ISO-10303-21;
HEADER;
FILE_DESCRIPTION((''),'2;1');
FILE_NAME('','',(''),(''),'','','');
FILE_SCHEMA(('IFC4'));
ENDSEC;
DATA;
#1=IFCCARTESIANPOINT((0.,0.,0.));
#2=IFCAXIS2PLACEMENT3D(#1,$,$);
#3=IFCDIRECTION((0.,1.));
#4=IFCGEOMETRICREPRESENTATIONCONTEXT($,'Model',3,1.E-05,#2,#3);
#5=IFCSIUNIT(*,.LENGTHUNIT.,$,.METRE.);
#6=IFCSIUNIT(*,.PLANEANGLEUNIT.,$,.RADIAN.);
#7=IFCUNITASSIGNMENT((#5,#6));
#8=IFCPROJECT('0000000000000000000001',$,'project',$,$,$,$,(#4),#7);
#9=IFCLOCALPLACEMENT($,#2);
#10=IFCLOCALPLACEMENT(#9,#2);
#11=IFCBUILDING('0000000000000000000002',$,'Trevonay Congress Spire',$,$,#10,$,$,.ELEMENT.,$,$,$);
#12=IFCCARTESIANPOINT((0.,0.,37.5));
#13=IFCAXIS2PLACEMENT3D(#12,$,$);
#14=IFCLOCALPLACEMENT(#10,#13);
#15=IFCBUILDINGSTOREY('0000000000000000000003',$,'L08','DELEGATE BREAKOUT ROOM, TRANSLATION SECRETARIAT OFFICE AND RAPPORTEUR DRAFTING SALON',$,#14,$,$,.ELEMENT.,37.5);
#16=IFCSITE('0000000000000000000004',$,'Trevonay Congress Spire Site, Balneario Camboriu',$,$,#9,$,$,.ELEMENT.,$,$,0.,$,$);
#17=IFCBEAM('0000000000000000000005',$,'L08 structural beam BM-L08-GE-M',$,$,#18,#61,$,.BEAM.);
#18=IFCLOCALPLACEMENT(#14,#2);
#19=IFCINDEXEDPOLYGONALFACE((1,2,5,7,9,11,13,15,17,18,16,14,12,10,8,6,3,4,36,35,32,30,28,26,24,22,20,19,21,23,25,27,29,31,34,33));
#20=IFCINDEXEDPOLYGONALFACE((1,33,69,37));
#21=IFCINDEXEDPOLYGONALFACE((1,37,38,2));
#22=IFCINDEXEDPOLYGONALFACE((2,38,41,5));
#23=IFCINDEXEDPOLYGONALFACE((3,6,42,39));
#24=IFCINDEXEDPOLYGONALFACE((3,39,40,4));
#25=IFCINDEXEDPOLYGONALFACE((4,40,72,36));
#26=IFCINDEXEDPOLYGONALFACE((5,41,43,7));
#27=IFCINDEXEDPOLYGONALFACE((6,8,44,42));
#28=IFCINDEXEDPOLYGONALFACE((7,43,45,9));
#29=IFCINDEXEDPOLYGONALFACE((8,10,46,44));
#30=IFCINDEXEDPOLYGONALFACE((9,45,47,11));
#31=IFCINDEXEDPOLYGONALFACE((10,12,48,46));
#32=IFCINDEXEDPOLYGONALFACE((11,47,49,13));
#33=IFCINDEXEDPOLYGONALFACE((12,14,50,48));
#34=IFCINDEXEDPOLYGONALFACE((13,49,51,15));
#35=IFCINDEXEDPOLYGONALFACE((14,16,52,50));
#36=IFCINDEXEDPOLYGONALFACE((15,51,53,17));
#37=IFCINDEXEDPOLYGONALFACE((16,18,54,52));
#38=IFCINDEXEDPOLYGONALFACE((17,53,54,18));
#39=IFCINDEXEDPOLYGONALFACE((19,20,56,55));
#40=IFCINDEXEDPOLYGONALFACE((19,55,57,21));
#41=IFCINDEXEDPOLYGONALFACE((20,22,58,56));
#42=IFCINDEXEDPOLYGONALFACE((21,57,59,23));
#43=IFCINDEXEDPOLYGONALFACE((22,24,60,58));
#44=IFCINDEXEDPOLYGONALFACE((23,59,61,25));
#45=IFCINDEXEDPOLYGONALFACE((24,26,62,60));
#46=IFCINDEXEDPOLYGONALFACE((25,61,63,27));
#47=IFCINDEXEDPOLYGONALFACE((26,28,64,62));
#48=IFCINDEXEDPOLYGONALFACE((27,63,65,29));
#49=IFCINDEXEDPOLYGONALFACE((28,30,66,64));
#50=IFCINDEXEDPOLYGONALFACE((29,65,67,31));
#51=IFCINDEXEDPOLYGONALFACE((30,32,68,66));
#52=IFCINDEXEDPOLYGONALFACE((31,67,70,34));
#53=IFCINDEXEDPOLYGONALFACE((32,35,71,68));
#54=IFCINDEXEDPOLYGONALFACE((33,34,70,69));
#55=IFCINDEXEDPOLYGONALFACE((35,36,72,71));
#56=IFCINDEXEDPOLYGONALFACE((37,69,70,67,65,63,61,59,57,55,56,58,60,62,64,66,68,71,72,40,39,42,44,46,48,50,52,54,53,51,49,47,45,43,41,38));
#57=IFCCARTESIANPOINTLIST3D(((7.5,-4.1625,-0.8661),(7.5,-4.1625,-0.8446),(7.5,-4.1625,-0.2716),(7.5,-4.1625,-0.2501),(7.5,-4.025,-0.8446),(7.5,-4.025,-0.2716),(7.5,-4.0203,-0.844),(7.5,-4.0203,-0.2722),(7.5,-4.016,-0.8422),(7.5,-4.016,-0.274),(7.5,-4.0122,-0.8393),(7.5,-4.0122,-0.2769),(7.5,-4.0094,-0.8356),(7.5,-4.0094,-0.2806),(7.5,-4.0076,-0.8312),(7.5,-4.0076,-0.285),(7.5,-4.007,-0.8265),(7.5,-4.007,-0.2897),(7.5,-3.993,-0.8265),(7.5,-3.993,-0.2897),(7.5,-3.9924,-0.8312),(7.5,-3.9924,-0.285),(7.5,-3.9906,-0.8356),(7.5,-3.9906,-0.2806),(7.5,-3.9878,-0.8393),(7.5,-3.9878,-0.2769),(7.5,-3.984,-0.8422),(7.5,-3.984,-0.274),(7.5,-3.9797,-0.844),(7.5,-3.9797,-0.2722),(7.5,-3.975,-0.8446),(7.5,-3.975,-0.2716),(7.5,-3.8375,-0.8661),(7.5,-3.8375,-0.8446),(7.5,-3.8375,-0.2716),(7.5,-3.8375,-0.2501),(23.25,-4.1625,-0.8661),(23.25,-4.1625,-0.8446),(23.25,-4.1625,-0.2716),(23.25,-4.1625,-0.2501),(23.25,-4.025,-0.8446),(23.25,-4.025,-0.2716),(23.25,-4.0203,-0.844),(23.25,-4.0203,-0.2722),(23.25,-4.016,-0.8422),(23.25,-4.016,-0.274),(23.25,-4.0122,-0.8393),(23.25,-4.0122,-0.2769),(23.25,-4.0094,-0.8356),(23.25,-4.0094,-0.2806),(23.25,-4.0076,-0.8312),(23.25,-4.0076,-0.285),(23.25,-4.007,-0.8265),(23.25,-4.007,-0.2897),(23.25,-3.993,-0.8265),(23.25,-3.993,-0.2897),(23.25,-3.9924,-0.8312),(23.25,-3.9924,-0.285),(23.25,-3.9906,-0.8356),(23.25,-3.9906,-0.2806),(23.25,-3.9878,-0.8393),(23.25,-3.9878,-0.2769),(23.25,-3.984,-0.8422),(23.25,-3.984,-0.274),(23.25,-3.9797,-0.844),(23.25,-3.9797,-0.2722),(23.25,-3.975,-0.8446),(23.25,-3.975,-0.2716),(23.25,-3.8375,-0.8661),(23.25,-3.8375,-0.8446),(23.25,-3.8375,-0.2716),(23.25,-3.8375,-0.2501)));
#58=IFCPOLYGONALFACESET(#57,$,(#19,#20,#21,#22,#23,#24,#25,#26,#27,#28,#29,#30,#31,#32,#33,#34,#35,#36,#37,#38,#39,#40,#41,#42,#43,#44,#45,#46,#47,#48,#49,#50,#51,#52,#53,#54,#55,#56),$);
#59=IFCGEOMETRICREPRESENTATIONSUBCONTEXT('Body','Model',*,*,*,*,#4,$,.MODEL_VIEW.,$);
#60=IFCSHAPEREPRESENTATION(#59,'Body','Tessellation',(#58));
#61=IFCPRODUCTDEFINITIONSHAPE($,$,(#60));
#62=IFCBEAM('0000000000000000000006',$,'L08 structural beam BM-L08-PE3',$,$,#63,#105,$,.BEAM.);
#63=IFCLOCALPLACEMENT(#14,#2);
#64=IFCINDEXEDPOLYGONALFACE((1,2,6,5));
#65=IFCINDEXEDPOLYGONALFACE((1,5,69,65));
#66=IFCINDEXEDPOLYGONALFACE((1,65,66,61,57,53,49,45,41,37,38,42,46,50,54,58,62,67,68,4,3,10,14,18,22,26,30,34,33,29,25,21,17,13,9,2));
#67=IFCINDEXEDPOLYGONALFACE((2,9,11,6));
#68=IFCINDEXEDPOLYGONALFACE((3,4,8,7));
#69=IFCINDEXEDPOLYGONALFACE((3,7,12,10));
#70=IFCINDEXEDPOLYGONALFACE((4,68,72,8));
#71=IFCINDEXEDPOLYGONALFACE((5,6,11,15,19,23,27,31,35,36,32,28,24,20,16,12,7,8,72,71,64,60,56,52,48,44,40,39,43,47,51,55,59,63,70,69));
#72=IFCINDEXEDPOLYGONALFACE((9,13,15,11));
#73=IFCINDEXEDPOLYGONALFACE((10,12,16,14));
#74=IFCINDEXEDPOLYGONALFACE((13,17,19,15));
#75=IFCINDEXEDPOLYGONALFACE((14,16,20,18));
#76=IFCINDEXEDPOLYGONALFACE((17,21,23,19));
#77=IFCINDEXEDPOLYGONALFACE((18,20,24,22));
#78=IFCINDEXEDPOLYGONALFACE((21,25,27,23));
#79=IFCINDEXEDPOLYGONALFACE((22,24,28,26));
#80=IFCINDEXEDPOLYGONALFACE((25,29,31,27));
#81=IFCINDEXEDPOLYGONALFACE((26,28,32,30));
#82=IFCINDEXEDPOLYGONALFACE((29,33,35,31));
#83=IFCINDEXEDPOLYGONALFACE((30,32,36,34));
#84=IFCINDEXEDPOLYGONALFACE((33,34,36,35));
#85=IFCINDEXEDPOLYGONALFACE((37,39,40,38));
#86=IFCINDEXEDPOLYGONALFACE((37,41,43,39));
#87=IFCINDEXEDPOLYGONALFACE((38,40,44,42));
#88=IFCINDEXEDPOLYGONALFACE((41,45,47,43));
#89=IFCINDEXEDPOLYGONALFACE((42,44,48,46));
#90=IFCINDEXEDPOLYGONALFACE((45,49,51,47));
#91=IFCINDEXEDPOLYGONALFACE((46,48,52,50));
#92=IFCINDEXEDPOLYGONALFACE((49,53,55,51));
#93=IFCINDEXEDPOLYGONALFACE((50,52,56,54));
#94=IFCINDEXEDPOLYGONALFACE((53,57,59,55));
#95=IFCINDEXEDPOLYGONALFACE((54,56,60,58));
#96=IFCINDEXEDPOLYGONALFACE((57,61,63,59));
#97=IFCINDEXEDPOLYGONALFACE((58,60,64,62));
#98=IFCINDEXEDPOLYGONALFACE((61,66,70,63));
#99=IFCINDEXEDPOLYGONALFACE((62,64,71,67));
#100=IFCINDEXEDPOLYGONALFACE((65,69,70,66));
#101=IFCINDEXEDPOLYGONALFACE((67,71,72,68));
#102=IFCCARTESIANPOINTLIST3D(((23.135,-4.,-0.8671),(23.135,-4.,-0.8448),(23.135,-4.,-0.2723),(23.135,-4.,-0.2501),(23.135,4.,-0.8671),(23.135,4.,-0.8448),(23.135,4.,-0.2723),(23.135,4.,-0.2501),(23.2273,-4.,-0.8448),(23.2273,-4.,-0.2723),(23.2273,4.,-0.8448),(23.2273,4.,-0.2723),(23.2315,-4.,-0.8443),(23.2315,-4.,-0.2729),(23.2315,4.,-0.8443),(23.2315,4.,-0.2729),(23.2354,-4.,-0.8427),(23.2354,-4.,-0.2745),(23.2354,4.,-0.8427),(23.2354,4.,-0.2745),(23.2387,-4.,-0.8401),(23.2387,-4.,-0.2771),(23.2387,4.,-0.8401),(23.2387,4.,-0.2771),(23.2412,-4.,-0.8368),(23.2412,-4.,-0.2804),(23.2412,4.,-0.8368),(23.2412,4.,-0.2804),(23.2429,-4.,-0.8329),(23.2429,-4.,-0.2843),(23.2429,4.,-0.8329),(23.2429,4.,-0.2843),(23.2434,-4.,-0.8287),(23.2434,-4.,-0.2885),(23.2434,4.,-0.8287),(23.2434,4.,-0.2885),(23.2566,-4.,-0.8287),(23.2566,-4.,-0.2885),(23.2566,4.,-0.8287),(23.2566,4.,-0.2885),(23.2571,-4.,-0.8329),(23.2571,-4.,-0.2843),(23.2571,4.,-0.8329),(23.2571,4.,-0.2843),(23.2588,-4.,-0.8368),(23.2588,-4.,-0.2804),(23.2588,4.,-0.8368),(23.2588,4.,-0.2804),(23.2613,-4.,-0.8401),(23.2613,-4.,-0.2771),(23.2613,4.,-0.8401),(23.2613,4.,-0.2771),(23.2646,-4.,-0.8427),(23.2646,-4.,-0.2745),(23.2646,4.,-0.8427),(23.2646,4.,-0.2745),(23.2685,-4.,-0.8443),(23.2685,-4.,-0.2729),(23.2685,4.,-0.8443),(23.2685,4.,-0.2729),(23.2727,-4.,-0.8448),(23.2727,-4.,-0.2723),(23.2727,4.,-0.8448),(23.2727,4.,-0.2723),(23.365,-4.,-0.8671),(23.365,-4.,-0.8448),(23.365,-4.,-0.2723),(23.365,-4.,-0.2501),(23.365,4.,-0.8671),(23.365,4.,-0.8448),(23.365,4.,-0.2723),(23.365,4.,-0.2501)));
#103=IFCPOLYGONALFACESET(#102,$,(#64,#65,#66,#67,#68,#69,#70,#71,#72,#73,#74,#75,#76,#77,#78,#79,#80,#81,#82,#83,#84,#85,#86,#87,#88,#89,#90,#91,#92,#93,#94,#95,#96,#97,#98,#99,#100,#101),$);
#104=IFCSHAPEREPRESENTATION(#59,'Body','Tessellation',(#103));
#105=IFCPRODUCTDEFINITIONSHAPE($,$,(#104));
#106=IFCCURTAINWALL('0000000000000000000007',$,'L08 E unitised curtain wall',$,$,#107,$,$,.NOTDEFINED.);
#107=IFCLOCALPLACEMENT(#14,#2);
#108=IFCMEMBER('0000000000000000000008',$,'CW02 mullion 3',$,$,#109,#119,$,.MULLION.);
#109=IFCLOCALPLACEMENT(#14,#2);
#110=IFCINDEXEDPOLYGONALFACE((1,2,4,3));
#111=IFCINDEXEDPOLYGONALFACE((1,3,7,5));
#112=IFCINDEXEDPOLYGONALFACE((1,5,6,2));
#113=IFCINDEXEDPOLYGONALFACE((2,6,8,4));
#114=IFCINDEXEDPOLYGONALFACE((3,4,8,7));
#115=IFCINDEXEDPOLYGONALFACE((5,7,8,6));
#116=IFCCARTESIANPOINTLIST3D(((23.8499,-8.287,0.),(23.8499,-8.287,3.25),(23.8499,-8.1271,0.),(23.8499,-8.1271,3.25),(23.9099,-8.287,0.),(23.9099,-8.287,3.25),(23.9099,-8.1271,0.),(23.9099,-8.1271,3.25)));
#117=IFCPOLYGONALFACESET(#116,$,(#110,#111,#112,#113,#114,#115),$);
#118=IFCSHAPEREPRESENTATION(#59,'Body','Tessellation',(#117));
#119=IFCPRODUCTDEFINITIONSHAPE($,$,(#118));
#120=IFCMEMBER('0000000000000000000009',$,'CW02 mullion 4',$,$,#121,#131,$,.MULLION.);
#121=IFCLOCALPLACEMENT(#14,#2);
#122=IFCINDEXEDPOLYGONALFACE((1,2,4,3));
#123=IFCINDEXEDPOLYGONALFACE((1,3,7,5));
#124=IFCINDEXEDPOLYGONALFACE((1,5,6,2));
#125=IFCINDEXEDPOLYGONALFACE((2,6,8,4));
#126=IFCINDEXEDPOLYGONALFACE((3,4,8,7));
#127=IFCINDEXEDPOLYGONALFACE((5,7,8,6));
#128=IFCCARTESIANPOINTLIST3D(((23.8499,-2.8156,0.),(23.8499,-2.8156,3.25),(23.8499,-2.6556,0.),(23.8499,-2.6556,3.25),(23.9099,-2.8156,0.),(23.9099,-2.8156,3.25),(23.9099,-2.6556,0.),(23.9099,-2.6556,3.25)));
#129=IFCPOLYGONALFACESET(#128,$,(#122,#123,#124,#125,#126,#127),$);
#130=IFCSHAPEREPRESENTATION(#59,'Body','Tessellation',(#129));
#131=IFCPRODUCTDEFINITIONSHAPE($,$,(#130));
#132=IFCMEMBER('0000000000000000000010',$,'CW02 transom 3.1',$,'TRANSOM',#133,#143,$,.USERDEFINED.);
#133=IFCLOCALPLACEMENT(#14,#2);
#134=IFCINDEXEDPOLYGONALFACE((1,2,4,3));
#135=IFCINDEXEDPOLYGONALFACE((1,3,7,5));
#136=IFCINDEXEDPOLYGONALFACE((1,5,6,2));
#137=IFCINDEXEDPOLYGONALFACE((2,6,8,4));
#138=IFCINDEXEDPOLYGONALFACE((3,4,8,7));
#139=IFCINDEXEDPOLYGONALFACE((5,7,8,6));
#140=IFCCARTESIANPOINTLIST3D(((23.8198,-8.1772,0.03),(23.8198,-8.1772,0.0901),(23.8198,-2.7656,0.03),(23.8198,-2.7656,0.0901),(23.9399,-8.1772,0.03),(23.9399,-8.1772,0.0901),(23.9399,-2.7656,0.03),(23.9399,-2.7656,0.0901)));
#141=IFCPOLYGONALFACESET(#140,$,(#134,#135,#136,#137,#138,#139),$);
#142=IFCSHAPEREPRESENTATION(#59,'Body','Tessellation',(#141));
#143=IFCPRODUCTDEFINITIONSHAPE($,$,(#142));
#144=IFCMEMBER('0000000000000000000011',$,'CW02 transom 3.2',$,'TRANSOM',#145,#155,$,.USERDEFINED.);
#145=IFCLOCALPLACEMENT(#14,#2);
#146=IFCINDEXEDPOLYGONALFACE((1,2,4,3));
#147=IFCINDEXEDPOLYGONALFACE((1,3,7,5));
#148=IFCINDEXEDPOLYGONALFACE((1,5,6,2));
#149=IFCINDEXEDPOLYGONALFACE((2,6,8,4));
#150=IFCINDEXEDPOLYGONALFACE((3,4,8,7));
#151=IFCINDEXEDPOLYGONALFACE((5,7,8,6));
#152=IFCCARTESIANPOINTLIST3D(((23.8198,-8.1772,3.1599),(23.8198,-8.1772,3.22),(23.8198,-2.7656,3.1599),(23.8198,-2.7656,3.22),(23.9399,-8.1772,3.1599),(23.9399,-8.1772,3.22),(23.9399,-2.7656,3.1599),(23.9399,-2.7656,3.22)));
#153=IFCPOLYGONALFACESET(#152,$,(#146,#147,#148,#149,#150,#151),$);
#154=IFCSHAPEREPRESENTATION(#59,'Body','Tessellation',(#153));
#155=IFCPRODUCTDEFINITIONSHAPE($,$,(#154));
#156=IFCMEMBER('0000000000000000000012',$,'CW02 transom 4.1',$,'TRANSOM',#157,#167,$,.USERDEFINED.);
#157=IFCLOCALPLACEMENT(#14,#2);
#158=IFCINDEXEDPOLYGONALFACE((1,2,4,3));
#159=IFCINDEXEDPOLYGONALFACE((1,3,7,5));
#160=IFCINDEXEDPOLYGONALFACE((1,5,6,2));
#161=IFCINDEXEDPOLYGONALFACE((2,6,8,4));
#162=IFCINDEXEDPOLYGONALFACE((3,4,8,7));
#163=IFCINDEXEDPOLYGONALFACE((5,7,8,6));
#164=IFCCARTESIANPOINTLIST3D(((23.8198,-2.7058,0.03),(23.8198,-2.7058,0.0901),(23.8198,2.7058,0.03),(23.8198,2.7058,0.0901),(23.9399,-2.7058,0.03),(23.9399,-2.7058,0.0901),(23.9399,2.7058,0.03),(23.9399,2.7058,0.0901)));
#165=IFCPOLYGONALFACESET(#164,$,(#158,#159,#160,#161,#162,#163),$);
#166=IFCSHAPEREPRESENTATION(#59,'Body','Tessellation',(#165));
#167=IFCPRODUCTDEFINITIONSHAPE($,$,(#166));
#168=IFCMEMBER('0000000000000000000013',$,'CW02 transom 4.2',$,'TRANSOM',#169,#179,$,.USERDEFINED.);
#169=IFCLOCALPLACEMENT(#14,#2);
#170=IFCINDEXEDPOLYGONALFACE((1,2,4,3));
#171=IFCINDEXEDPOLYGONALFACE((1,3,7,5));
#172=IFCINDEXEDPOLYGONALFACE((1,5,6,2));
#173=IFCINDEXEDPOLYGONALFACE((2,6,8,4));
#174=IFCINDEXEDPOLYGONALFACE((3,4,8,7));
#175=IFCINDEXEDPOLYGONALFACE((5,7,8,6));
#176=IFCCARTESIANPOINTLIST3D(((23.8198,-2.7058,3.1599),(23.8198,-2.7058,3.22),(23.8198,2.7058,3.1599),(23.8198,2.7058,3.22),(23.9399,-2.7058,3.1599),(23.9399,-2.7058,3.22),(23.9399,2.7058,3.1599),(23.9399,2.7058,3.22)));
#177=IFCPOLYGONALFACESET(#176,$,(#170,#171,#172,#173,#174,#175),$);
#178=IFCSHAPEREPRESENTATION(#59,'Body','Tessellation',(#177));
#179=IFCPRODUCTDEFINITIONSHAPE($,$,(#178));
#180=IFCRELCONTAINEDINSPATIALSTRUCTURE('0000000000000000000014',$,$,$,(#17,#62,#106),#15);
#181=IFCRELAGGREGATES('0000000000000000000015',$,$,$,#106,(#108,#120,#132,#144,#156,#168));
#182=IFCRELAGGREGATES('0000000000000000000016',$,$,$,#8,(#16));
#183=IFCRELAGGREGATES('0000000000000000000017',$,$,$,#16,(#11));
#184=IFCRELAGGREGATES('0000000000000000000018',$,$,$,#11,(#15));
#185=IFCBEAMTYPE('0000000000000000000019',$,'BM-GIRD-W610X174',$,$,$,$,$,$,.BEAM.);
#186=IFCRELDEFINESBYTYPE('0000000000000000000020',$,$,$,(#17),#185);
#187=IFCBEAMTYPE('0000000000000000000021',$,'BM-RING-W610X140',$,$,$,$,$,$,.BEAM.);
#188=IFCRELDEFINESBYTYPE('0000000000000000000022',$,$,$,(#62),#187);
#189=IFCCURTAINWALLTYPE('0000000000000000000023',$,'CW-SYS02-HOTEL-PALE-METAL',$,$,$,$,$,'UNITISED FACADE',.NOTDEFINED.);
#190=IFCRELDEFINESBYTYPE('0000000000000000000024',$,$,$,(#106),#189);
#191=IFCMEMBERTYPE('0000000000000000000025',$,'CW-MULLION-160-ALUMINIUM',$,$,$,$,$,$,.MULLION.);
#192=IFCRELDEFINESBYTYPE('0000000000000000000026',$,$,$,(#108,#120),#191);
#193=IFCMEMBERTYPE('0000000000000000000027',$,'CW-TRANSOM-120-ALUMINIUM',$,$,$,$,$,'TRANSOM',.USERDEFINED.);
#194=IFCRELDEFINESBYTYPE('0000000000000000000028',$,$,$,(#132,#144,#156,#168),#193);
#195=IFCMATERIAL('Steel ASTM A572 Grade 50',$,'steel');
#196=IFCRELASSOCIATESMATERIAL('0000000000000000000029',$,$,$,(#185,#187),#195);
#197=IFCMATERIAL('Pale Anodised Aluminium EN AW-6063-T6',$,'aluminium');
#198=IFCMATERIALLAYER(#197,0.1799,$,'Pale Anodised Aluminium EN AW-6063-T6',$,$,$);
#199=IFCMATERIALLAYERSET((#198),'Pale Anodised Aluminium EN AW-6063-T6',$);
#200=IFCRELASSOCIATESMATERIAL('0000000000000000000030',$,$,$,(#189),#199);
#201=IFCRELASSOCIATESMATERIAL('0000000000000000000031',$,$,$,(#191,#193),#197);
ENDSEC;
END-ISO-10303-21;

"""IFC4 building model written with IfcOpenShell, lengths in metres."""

from ifc_helpers import new_model, si_unit, direction, frame, origin, origin_2d, place, context, subcontext, project, spatial, rectangle, i_section, extrude, material, layer, layer_set, material_profile, profile_set, type_object, element, aggregate, save


model = new_model("IFC4")

# Units and contexts
model_context = context("Model", 3, precision=1e-05, world=origin(), true_north=direction((0.0, 1.0)))
body_context = subcontext(model_context, "Body", "Model", "MODEL_VIEW")
ifc_project = project(units=[si_unit("LENGTHUNIT", "METRE"), si_unit("PLANEANGLEUNIT", "RADIAN")], contexts=[model_context])

# Site, building, storey
site_placement = place(None, origin())
site = spatial("IfcSite", under=ifc_project, at=site_placement, Name="Trevonay Congress Spire Site, Balneario Camboriu", CompositionType="ELEMENT", RefElevation=0.0)
building_placement = place(site_placement, origin())
building = spatial("IfcBuilding", under=site, at=building_placement, Name="Trevonay Congress Spire", CompositionType="ELEMENT")
storey_placement = place(building_placement, frame((0.0, 0.0, 37.5)))
storey = spatial("IfcBuildingStorey", under=building, at=storey_placement, Name="L08", Description="DELEGATE BREAKOUT ROOM, TRANSLATION SECRETARIAT OFFICE AND RAPPORTEUR DRAFTING SALON", CompositionType="ELEMENT", Elevation=37.5)

# Shared definitions
ifc_material_1 = material(Name="Steel ASTM A572 Grade 50", Category="steel")

# Beams
ifc_material_profile_1 = material_profile(ifc_material_1, i_section(OverallWidth=0.325, OverallDepth=0.616, WebThickness=0.0139, FlangeThickness=0.0215, FilletRadius=0.0181, at=origin_2d()), Name="W610x174")
ifc_profile_set_1 = profile_set([ifc_material_profile_1], Name="Steel ASTM A572 Grade 50")
beam_type_1 = type_object("IfcBeamType", Name="BM-GIRD-W610X174", PredefinedType="BEAM", material=ifc_profile_set_1)
beam_1_placement = place(storey_placement, frame((7.5, -4.0, -0.5581), z_axis=(1.0, 0.0, 0.0), x_axis=(0.0, 1.0, 0.0)))
element("IfcBeam", 1, at=beam_1_placement, inside=storey, type_object=beam_type_1, Name="L08 structural beam BM-L08-GE-M", PredefinedType="BEAM", context=body_context, shape_type="SweptSolid", body=[
    extrude(i_section(OverallWidth=0.325, OverallDepth=0.616, WebThickness=0.0139, FlangeThickness=0.0215, FilletRadius=0.0181, at=origin_2d()), origin(), (0.0, 0.0, 1.0), 15.75),
])
ifc_material_profile_2 = material_profile(ifc_material_1, i_section(OverallWidth=0.23, OverallDepth=0.6169, WebThickness=0.0132, FlangeThickness=0.0222, FilletRadius=0.0161, at=origin_2d()), Name="W610x140")
ifc_profile_set_2 = profile_set([ifc_material_profile_2], Name="Steel ASTM A572 Grade 50")
beam_type_2 = type_object("IfcBeamType", Name="BM-RING-W610X140", PredefinedType="BEAM", material=ifc_profile_set_2)
beam_2_placement = place(storey_placement, frame((23.25, -4.0, -0.5586), z_axis=(0.0, 1.0, 0.0), x_axis=(-1.0, 0.0, 0.0)))
element("IfcBeam", 2, at=beam_2_placement, inside=storey, type_object=beam_type_2, Name="L08 structural beam BM-L08-PE3", PredefinedType="BEAM", context=body_context, shape_type="SweptSolid", body=[
    extrude(i_section(OverallWidth=0.23, OverallDepth=0.6169, WebThickness=0.0132, FlangeThickness=0.0222, FilletRadius=0.0161, at=origin_2d()), origin(), (0.0, 0.0, 1.0), 8.0),
])

# Curtain wall, members
ifc_material_2 = material(Name="Pale Anodised Aluminium EN AW-6063-T6", Category="aluminium")
ifc_layer_1 = layer(ifc_material_2, 0.1799, Name="Pale Anodised Aluminium EN AW-6063-T6")
ifc_layer_set_1 = layer_set([ifc_layer_1], Name="Pale Anodised Aluminium EN AW-6063-T6")
curtain_wall_type = type_object("IfcCurtainWallType", Name="CW-SYS02-HOTEL-PALE-METAL", ElementType="UNITISED FACADE", PredefinedType="NOTDEFINED", material=ifc_layer_set_1)
curtain_wall_placement = place(storey_placement, origin())
curtain_wall = element("IfcCurtainWall", 3, at=curtain_wall_placement, inside=storey, type_object=curtain_wall_type, Name="L08 E unitised curtain wall", PredefinedType="NOTDEFINED")
ifc_material_profile_3 = material_profile(ifc_material_2, rectangle(XDim=0.0601, YDim=0.1599, at=origin_2d()), Name="CW-MULLION-160-ALUMINIUM")
ifc_profile_set_3 = profile_set([ifc_material_profile_3], Name="Pale Anodised Aluminium EN AW-6063-T6")
member_type_1 = type_object("IfcMemberType", Name="CW-MULLION-160-ALUMINIUM", PredefinedType="MULLION", material=ifc_profile_set_3)
member_1_placement = place(storey_placement, frame((23.8799, -8.207, 0.0), z_axis=(0.0, 0.0, 1.0), x_axis=(-1.0, 0.0, 0.0)))
member_1 = element("IfcMember", 4, at=member_1_placement, type_object=member_type_1, Name="CW02 mullion 3", PredefinedType="MULLION", context=body_context, shape_type="SweptSolid", body=[
    extrude(rectangle(XDim=0.0601, YDim=0.1599, at=origin_2d()), origin(), (0.0, 0.0, 1.0), 3.25),
])
member_2_placement = place(storey_placement, frame((23.8799, -2.7356, 0.0), z_axis=(0.0, 0.0, 1.0), x_axis=(-1.0, 0.0, 0.0)))
member_2 = element("IfcMember", 5, at=member_2_placement, type_object=member_type_1, Name="CW02 mullion 4", PredefinedType="MULLION", context=body_context, shape_type="SweptSolid", body=[
    extrude(rectangle(XDim=0.0601, YDim=0.1599, at=origin_2d()), origin(), (0.0, 0.0, 1.0), 3.25),
])
ifc_material_profile_4 = material_profile(ifc_material_2, rectangle(XDim=0.1201, YDim=0.0601, at=origin_2d()), Name="CW-TRANSOM-120-ALUMINIUM")
ifc_profile_set_4 = profile_set([ifc_material_profile_4], Name="Pale Anodised Aluminium EN AW-6063-T6")
member_type_2 = type_object("IfcMemberType", Name="CW-TRANSOM-120-ALUMINIUM", ElementType="TRANSOM", PredefinedType="USERDEFINED", material=ifc_profile_set_4)
member_3_placement = place(storey_placement, frame((23.8799, -8.1772, 0.0601), z_axis=(0.0, 1.0, 0.0), x_axis=(-1.0, 0.0, 0.0)))
member_3 = element("IfcMember", 6, at=member_3_placement, type_object=member_type_2, Name="CW02 transom 3.1", ObjectType="TRANSOM", PredefinedType="USERDEFINED", context=body_context, shape_type="SweptSolid", body=[
    extrude(rectangle(XDim=0.1201, YDim=0.0601, at=origin_2d()), origin(), (0.0, 0.0, 1.0), 5.4116),
])
member_4_placement = place(storey_placement, frame((23.8799, -8.1772, 3.1899), z_axis=(0.0, 1.0, 0.0), x_axis=(-1.0, 0.0, 0.0)))
member_4 = element("IfcMember", 7, at=member_4_placement, type_object=member_type_2, Name="CW02 transom 3.2", ObjectType="TRANSOM", PredefinedType="USERDEFINED", context=body_context, shape_type="SweptSolid", body=[
    extrude(rectangle(XDim=0.1201, YDim=0.0601, at=origin_2d()), origin(), (0.0, 0.0, 1.0), 5.4116),
])
member_5_placement = place(storey_placement, frame((23.8799, -2.7058, 0.0601), z_axis=(0.0, 1.0, 0.0), x_axis=(-1.0, 0.0, 0.0)))
member_5 = element("IfcMember", 8, at=member_5_placement, type_object=member_type_2, Name="CW02 transom 4.1", ObjectType="TRANSOM", PredefinedType="USERDEFINED", context=body_context, shape_type="SweptSolid", body=[
    extrude(rectangle(XDim=0.1201, YDim=0.0601, at=origin_2d()), origin(), (0.0, 0.0, 1.0), 5.4116),
])
member_6_placement = place(storey_placement, frame((23.8799, -2.7058, 3.1899), z_axis=(0.0, 1.0, 0.0), x_axis=(-1.0, 0.0, 0.0)))
member_6 = element("IfcMember", 9, at=member_6_placement, type_object=member_type_2, Name="CW02 transom 4.2", ObjectType="TRANSOM", PredefinedType="USERDEFINED", context=body_context, shape_type="SweptSolid", body=[
    extrude(rectangle(XDim=0.1201, YDim=0.0601, at=origin_2d()), origin(), (0.0, 0.0, 1.0), 5.4116),
])
aggregate(curtain_wall, [member_1, member_2, member_3, member_4, member_5, member_6])

save(model, "model.ifc")
